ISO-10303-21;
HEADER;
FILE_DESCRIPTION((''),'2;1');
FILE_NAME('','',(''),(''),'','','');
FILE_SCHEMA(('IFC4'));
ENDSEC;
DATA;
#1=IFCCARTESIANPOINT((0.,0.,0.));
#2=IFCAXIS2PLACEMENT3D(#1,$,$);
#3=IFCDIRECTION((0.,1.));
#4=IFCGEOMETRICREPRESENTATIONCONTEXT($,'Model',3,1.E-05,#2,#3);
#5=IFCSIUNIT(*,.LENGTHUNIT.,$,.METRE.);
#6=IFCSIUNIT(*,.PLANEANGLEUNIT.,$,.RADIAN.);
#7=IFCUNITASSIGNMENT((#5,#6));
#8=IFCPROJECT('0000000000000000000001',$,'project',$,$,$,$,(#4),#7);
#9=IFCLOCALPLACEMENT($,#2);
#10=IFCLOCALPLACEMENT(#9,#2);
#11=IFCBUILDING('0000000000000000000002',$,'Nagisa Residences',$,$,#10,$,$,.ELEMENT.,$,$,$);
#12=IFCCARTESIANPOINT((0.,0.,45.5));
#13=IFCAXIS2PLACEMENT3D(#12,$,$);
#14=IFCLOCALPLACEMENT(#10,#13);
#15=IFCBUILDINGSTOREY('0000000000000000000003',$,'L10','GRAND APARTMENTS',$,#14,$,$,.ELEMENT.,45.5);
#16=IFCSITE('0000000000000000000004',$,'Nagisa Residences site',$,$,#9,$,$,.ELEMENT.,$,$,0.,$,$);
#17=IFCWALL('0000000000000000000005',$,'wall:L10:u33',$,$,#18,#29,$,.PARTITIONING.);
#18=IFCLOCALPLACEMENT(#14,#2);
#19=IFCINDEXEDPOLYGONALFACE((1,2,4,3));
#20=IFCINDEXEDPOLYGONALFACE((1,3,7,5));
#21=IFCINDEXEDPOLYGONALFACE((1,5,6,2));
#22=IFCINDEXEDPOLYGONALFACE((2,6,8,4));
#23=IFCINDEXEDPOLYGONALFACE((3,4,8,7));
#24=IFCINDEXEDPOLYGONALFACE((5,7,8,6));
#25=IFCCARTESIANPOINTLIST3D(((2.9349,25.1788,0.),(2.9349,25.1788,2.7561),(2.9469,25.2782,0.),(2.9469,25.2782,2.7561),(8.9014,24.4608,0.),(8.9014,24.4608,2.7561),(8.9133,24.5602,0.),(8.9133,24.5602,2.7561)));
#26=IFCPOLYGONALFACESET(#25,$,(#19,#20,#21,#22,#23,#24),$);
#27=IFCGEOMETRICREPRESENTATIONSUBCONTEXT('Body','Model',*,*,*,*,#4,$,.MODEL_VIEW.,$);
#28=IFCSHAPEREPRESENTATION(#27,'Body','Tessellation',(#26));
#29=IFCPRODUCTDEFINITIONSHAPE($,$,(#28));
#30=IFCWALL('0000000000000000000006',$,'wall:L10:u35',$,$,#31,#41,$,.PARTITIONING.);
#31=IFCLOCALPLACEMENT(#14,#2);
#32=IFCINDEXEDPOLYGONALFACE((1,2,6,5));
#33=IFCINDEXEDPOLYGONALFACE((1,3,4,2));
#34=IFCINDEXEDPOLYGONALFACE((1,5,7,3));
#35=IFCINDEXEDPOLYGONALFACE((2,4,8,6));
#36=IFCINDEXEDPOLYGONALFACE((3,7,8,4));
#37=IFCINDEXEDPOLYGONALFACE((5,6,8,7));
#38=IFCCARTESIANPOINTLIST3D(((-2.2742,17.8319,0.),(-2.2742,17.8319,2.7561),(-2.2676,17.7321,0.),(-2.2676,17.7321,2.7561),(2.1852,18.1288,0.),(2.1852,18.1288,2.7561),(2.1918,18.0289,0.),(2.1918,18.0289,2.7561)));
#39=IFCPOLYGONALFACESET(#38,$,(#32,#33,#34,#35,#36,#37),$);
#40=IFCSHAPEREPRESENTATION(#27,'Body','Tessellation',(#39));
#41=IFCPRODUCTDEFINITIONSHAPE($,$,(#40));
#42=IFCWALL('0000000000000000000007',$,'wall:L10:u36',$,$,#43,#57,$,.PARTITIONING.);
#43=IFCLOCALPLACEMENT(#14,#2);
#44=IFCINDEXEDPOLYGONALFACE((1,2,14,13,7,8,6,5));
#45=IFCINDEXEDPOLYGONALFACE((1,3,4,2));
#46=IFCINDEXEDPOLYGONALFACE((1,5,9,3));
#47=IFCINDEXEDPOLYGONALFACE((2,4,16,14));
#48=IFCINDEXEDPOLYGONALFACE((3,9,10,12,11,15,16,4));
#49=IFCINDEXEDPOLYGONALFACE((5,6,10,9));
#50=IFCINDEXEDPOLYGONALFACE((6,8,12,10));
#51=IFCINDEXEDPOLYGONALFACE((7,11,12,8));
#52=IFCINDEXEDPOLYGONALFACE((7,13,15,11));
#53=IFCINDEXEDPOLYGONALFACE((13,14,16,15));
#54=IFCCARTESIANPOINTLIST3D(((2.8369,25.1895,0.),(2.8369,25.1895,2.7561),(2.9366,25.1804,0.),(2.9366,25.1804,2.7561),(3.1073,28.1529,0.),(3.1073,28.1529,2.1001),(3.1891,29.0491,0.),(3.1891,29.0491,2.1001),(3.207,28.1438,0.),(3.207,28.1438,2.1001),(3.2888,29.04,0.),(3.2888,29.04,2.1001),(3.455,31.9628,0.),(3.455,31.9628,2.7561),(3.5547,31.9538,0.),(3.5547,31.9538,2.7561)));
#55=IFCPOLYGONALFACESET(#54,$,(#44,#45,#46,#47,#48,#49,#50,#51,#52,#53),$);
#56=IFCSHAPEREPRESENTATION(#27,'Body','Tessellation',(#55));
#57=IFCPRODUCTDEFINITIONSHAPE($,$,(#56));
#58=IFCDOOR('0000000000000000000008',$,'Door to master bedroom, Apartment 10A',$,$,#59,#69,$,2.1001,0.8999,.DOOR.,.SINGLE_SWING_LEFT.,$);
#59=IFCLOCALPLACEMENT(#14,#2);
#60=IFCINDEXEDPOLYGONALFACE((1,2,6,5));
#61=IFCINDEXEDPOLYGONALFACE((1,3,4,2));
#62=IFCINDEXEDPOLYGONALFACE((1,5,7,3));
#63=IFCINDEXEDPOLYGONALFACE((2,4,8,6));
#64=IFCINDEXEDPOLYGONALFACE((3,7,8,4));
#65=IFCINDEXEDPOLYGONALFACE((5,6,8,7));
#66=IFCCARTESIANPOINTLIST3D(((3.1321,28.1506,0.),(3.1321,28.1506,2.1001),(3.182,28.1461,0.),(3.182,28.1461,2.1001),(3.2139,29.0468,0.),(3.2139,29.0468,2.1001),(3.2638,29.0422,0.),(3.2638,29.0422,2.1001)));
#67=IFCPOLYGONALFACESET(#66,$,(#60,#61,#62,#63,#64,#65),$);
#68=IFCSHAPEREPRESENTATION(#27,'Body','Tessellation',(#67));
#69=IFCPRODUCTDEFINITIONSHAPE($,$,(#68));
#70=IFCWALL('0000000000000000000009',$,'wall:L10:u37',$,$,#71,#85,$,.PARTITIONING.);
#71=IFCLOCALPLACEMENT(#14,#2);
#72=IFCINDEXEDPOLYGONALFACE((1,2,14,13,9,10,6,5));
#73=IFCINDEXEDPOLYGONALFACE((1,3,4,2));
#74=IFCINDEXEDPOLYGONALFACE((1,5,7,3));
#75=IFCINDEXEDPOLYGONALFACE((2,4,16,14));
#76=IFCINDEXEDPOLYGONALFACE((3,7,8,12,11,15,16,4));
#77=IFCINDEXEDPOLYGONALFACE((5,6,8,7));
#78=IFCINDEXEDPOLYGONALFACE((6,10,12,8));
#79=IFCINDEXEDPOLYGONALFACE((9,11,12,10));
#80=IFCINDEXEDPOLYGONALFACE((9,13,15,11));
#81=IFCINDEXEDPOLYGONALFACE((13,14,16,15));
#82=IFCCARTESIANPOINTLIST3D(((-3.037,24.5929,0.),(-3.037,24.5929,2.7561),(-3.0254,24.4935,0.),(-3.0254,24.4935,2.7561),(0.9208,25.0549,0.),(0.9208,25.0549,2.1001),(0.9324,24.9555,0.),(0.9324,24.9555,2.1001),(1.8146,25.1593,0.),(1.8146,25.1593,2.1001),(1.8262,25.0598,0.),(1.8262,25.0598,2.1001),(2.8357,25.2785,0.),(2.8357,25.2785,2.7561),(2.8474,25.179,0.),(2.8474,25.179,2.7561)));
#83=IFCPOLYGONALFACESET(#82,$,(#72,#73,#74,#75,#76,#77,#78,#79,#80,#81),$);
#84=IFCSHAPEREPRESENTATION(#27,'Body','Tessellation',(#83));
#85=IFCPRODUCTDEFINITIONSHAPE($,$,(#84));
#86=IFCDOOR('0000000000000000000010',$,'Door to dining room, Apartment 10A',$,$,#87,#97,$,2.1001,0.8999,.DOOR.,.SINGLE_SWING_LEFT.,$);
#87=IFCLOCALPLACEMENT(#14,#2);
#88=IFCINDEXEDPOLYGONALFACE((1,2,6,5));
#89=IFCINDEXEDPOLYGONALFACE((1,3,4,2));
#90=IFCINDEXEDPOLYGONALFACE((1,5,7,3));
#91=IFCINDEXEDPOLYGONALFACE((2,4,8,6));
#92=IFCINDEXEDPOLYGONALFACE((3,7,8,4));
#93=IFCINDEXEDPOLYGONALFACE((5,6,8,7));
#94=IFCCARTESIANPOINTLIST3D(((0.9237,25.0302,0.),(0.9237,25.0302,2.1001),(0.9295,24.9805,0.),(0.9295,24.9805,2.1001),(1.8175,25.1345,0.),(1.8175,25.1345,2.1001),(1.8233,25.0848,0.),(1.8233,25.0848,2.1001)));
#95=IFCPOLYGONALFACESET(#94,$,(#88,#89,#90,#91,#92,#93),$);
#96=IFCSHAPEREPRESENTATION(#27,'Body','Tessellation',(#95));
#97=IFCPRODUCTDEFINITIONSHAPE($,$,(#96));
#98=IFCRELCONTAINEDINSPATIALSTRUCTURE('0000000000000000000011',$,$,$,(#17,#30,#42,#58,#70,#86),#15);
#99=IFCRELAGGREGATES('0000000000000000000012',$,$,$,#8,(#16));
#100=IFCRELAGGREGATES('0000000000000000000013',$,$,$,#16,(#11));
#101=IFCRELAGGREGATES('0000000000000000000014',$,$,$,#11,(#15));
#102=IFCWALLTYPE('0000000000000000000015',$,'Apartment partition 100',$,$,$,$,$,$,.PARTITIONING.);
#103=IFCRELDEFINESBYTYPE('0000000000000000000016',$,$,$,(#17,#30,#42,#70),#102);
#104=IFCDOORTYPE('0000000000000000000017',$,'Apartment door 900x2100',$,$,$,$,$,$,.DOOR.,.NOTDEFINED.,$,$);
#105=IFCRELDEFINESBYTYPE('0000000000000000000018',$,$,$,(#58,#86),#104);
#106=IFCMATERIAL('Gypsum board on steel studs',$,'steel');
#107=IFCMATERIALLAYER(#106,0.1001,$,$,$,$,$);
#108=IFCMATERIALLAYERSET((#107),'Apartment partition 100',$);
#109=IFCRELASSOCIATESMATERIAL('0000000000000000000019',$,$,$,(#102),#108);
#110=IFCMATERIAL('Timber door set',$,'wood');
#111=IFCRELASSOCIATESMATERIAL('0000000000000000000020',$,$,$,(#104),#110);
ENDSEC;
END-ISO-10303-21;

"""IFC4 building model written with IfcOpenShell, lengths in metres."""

from ifc_helpers import new_model, si_unit, direction, frame, frame_2d, origin, place, context, subcontext, project, spatial, rectangle, extrude, material, layer, layer_set, type_object, element, fill, save


model = new_model("IFC4")

# Units and contexts
model_context = context("Model", 3, precision=1e-05, world=origin(), true_north=direction((0.0, 1.0)))
body_context = subcontext(model_context, "Body", "Model", "MODEL_VIEW")
ifc_project = project(units=[si_unit("LENGTHUNIT", "METRE"), si_unit("PLANEANGLEUNIT", "RADIAN")], contexts=[model_context])

# Site, building, storey
site_placement = place(None, origin())
site = spatial("IfcSite", under=ifc_project, at=site_placement, Name="Nagisa Residences site", CompositionType="ELEMENT", RefElevation=0.0)
building_placement = place(site_placement, origin())
building = spatial("IfcBuilding", under=site, at=building_placement, Name="Nagisa Residences", CompositionType="ELEMENT")
storey_placement = place(building_placement, frame((0.0, 0.0, 45.5)))
storey = spatial("IfcBuildingStorey", under=building, at=storey_placement, Name="L10", Description="GRAND APARTMENTS", CompositionType="ELEMENT", Elevation=45.5)

# Shared definitions
ifc_material_1 = material(Name="Gypsum board on steel studs", Category="steel")
ifc_layer_1 = layer(ifc_material_1, 0.1001)
ifc_layer_set_1 = layer_set([ifc_layer_1], Name="Apartment partition 100")
wall_type_1 = type_object("IfcWallType", Name="Apartment partition 100", PredefinedType="PARTITIONING", material=ifc_layer_set_1)

# Shared definitions
ifc_material_2 = material(Name="Timber door set", Category="wood")
door_type_1 = type_object("IfcDoorType", Name="Apartment door 900x2100", OperationType="NOTDEFINED", PredefinedType="DOOR", material=ifc_material_2)

# Walls
wall_1_placement = place(storey_placement, frame((8.9075, 24.5105, 0.0), z_axis=(0.0, 0.0, 1.0), x_axis=(-0.992837, 0.119478, 0.0)))
element("IfcWall", 1, at=wall_1_placement, inside=storey, type_object=wall_type_1, Name="wall:L10:u33", PredefinedType="PARTITIONING", context=body_context, shape_type="SweptSolid", body=[
    extrude(rectangle(XDim=6.0095, YDim=0.1001, at=frame_2d((3.0049, 0.0))), origin(), (0.0, 0.0, 1.0), 2.7561),
])
wall_2_placement = place(storey_placement, frame((2.1885, 18.0789, 0.0), z_axis=(0.0, 0.0, 1.0), x_axis=(-0.997791, -0.066425, 0.0)))
element("IfcWall", 2, at=wall_2_placement, inside=storey, type_object=wall_type_1, Name="wall:L10:u35", PredefinedType="PARTITIONING", context=body_context, shape_type="SweptSolid", body=[
    extrude(rectangle(XDim=4.4692, YDim=0.1001, at=frame_2d((2.2346, 0.0))), origin(), (0.0, 0.0, 1.0), 2.7561),
])

# Walls, openings, doors
wall_3_placement = place(storey_placement, frame((2.8867, 25.1848, 0.0), z_axis=(0.0, 0.0, 1.0), x_axis=(0.090885, 0.995861, 0.0)))
wall_3 = element("IfcWall", 3, at=wall_3_placement, inside=storey, type_object=wall_type_1, Name="wall:L10:u36", PredefinedType="PARTITIONING", context=body_context, shape_type="SweptSolid", body=[
    extrude(rectangle(XDim=6.8015, YDim=0.1001, at=frame_2d((3.4009, 0.0))), origin(), (0.0, 0.0, 1.0), 2.7561),
])
opening_1_placement = place(wall_3_placement, frame((2.9758, 0.0, 0.0)))
opening_1 = element("IfcOpeningElement", 4, at=opening_1_placement, cuts=wall_3, PredefinedType="OPENING", context=body_context, shape_type="SweptSolid", body=[
    extrude(rectangle(XDim=0.8999, YDim=2.1001, at=frame_2d((0.45, 1.05))), frame((0.0, 0.0601, 0.0), z_axis=(0.0, -1.0, 0.0), x_axis=(1.0, 0.0, 0.0)), (0.0, 0.0, 1.0), 0.1201),
])
door_1_placement = place(opening_1_placement, frame((0.8999, 0.0, 0.0), x_axis=(-1.0, 0.0, 0.0)))
door_1 = element("IfcDoor", 5, at=door_1_placement, inside=storey, type_object=door_type_1, Name="Door to master bedroom, Apartment 10A", OperationType="SINGLE_SWING_LEFT", OverallHeight=2.1001, OverallWidth=0.8999, PredefinedType="DOOR", context=body_context, shape_type="SweptSolid", body=[
    extrude(rectangle(XDim=0.8999, YDim=2.1001, at=frame_2d((0.45, 1.05))), frame((0.0, 0.0249, 0.0), z_axis=(0.0, -1.0, 0.0), x_axis=(1.0, 0.0, 0.0)), (0.0, 0.0, 1.0), 0.05),
])
fill(opening_1, door_1)
wall_4_placement = place(storey_placement, frame((2.8416, 25.2288, 0.0), z_axis=(0.0, 0.0, 1.0), x_axis=(-0.993256, -0.115945, 0.0)))
wall_4 = element("IfcWall", 6, at=wall_4_placement, inside=storey, type_object=wall_type_1, Name="wall:L10:u37", PredefinedType="PARTITIONING", context=body_context, shape_type="SweptSolid", body=[
    extrude(rectangle(XDim=5.9126, YDim=0.1001, at=frame_2d((2.9563, 0.0))), origin(), (0.0, 0.0, 1.0), 2.7561),
])
opening_2_placement = place(wall_4_placement, frame((1.0281, 0.0, 0.0)))
opening_2 = element("IfcOpeningElement", 7, at=opening_2_placement, cuts=wall_4, PredefinedType="OPENING", context=body_context, shape_type="SweptSolid", body=[
    extrude(rectangle(XDim=0.8999, YDim=2.1001, at=frame_2d((0.45, 1.05))), frame((0.0, 0.0601, 0.0), z_axis=(0.0, -1.0, 0.0), x_axis=(1.0, 0.0, 0.0)), (0.0, 0.0, 1.0), 0.1201),
])
door_2_placement = place(opening_2_placement, origin())
door_2 = element("IfcDoor", 8, at=door_2_placement, inside=storey, type_object=door_type_1, Name="Door to dining room, Apartment 10A", OperationType="SINGLE_SWING_LEFT", OverallHeight=2.1001, OverallWidth=0.8999, PredefinedType="DOOR", context=body_context, shape_type="SweptSolid", body=[
    extrude(rectangle(XDim=0.8999, YDim=2.1001, at=frame_2d((0.45, 1.05))), frame((0.0, 0.0249, 0.0), z_axis=(0.0, -1.0, 0.0), x_axis=(1.0, 0.0, 0.0)), (0.0, 0.0, 1.0), 0.05),
])
fill(opening_2, door_2)

save(model, "model.ifc")
